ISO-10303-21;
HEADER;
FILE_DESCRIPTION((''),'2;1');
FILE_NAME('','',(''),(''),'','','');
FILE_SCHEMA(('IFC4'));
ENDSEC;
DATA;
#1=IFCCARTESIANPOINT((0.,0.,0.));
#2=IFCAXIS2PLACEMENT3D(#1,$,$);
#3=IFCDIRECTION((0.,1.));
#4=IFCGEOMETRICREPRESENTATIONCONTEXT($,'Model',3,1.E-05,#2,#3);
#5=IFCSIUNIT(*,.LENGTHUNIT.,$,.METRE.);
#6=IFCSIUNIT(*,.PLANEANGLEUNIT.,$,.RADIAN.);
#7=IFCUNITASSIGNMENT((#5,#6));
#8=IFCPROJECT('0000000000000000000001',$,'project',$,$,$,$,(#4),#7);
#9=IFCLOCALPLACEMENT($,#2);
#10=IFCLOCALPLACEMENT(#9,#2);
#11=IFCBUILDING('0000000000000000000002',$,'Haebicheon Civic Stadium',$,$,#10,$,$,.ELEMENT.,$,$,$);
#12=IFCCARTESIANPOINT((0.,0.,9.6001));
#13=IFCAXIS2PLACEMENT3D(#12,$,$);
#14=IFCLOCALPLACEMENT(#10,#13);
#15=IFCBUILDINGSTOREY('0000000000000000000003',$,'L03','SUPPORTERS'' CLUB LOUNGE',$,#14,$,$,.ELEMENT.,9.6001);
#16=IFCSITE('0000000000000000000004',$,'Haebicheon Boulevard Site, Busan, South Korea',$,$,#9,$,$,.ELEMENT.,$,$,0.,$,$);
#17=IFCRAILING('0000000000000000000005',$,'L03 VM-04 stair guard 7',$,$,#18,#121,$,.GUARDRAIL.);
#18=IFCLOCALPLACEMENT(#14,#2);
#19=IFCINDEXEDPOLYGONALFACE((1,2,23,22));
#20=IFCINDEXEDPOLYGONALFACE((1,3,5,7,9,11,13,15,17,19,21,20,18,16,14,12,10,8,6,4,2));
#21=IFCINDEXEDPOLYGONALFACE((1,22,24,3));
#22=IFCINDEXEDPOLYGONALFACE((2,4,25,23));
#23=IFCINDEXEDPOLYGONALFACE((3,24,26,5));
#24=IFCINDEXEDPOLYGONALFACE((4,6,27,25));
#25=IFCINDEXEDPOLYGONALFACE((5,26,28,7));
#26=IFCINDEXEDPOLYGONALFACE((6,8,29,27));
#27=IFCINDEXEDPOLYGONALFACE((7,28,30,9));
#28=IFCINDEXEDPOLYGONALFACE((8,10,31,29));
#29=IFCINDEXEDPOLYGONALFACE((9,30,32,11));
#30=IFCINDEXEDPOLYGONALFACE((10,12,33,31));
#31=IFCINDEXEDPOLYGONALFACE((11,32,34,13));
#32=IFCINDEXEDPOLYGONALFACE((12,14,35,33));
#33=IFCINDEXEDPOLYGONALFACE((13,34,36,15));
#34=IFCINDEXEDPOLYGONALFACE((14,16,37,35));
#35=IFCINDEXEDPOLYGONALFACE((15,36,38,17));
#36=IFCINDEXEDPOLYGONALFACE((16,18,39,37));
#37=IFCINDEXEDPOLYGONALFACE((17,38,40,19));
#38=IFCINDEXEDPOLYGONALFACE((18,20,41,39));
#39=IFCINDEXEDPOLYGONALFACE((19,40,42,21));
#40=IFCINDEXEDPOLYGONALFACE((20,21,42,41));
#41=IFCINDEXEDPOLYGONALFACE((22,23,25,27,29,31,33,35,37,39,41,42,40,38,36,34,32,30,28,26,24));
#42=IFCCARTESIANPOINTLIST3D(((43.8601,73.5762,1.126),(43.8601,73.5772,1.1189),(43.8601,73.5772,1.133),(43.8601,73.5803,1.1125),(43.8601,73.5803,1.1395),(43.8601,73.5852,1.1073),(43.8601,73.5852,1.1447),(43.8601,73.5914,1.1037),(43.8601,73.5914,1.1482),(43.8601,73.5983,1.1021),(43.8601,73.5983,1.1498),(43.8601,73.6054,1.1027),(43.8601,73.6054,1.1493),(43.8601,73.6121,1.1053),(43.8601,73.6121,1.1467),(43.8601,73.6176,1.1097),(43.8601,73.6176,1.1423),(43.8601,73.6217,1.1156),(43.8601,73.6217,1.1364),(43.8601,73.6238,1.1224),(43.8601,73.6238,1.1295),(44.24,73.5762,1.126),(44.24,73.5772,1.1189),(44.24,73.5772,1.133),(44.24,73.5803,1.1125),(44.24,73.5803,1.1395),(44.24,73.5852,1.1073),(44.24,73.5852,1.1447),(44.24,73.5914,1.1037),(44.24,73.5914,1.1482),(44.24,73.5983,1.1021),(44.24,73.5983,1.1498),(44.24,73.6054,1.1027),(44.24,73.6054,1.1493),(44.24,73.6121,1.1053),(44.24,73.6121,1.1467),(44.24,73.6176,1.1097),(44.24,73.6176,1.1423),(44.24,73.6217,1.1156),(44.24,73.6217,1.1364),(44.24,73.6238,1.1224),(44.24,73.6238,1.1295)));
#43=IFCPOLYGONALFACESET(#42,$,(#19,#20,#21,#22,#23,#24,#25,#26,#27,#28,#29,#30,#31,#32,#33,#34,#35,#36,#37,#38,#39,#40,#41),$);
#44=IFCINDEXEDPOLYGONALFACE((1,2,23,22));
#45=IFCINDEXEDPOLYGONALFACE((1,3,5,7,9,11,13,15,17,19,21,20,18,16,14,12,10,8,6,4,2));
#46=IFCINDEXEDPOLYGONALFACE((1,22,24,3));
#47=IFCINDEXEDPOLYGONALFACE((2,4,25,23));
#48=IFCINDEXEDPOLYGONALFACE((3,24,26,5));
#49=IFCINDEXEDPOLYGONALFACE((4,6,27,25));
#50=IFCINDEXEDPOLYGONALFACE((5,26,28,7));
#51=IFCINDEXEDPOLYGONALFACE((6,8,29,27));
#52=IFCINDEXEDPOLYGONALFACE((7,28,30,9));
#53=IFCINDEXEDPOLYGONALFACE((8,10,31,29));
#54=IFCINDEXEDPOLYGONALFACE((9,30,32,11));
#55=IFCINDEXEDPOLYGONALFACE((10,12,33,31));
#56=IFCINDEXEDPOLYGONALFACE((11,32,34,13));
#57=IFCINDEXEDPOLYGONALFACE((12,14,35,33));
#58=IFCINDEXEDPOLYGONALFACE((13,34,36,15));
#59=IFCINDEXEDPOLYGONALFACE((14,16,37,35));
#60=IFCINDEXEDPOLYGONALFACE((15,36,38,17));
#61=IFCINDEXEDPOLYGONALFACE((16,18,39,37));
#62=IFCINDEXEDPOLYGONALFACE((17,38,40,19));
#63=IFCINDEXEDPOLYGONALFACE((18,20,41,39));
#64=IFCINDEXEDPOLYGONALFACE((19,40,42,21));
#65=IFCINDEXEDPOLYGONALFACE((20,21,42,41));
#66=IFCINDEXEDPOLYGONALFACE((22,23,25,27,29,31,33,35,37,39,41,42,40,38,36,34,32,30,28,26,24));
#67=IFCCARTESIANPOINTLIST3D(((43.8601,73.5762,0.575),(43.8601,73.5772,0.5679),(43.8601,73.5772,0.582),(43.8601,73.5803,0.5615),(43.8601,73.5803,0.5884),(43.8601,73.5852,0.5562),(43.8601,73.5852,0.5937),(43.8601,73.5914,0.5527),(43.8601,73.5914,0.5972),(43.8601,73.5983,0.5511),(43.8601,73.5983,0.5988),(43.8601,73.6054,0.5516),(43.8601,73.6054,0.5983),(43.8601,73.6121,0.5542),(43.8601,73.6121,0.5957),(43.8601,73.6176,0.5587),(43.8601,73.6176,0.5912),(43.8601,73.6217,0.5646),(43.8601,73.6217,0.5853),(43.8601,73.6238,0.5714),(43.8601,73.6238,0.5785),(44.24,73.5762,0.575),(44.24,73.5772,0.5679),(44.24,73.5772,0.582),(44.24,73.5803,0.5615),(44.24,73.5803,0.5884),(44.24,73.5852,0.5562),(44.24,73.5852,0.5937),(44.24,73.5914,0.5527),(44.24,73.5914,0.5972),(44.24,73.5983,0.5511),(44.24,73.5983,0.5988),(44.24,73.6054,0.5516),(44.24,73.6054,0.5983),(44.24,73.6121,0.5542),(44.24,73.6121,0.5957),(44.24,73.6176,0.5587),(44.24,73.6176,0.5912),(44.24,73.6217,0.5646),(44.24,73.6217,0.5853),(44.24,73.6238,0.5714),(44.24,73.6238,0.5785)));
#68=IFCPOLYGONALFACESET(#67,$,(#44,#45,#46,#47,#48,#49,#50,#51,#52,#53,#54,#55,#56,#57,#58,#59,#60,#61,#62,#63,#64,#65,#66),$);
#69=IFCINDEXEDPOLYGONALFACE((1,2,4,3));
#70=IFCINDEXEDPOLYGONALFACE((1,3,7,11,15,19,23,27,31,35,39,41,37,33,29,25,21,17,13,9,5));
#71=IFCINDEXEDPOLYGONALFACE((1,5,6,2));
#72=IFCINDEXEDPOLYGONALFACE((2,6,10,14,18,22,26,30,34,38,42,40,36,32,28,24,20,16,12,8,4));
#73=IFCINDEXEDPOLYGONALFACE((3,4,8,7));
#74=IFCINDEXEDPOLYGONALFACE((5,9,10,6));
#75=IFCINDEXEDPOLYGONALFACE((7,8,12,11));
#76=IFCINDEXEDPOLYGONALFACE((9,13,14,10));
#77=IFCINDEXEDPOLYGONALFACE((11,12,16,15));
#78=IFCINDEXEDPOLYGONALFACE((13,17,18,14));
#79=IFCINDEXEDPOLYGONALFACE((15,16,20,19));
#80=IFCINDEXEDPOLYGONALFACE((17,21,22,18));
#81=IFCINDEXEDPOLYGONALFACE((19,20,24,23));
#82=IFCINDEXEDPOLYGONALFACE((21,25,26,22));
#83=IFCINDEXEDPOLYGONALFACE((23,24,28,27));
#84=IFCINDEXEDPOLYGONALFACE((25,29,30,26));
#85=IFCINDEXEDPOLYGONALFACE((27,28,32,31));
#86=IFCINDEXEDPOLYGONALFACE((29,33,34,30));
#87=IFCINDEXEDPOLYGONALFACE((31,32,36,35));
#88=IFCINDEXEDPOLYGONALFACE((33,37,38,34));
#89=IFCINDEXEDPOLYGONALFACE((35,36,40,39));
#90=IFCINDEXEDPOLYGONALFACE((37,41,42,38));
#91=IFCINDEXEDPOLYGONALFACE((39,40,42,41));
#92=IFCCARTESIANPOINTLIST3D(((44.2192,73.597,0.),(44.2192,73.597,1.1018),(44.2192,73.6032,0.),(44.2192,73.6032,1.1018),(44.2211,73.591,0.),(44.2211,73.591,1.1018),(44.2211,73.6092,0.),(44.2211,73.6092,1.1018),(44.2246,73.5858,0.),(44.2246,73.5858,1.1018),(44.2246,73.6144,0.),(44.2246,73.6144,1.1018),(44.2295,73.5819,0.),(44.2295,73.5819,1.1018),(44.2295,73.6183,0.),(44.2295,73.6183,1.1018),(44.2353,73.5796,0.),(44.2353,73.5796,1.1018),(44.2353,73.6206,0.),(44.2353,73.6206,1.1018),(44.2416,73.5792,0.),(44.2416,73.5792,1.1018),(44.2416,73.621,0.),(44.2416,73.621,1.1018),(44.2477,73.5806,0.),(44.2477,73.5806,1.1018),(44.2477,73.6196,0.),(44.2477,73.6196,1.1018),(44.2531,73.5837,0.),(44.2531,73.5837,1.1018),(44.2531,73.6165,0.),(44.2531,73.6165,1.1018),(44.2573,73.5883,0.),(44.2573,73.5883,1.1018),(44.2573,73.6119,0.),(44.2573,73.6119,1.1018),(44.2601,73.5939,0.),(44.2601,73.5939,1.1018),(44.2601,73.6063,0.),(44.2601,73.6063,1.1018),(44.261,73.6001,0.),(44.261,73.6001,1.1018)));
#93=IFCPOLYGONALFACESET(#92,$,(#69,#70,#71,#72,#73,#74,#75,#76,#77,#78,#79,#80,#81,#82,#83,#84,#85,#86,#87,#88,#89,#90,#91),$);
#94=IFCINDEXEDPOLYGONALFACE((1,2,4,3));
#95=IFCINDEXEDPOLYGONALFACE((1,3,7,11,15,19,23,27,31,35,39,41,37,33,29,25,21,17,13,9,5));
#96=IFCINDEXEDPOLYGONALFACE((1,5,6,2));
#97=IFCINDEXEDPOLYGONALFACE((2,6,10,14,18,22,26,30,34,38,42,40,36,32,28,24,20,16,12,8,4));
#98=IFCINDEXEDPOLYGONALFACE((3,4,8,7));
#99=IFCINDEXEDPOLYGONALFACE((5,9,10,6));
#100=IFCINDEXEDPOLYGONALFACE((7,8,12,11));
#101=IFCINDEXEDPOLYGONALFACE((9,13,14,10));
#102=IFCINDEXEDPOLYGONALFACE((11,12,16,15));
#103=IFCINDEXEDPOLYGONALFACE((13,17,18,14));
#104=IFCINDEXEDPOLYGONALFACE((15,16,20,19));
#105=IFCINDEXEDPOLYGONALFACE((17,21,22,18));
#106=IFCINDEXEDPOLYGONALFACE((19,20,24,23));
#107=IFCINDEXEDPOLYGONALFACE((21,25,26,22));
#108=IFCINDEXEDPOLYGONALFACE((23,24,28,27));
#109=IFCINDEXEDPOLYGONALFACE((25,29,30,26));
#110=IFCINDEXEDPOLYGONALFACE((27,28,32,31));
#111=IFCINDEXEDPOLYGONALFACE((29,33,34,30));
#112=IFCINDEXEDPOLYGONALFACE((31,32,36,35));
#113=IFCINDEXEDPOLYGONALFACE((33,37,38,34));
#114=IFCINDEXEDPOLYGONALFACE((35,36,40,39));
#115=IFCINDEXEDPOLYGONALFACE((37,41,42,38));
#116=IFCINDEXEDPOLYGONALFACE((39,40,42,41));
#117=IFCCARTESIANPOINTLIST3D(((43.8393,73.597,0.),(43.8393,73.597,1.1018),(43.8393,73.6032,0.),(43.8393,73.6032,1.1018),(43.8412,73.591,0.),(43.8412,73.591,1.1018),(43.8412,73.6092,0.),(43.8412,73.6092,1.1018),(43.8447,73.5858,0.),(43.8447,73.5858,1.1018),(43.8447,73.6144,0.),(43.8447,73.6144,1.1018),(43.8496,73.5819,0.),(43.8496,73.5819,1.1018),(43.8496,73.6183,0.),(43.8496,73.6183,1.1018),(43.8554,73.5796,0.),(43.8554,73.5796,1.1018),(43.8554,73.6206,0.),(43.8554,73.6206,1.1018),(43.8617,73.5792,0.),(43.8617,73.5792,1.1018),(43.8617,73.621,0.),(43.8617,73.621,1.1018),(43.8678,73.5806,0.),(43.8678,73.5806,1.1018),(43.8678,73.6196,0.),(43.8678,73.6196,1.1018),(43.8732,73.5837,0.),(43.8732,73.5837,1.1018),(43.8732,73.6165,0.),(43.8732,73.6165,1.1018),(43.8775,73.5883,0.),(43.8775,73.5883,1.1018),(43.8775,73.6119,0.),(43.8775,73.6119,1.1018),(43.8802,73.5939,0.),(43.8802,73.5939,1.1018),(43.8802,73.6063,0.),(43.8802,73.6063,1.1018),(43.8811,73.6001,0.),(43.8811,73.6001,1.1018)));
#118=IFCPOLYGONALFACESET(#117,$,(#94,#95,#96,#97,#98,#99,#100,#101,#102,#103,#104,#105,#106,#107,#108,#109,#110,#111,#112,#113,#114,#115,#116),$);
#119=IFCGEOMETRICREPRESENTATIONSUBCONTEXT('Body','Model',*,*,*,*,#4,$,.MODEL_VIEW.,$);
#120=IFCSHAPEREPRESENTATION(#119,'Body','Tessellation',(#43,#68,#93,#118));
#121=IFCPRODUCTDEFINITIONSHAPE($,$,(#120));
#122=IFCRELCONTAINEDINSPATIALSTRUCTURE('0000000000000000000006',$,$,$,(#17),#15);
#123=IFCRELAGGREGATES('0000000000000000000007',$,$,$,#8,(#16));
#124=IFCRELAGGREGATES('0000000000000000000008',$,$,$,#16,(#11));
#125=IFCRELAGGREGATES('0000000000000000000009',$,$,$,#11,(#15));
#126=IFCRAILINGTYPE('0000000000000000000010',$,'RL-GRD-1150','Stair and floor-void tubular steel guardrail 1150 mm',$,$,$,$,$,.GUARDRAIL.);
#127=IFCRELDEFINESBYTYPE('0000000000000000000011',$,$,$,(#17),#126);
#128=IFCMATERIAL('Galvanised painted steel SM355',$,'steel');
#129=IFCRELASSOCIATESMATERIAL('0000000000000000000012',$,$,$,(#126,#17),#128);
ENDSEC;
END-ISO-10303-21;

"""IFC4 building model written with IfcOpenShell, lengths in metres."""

from ifc_helpers import new_model, si_unit, direction, frame, origin, origin_2d, place, context, subcontext, project, spatial, circle, extrude, material, type_object, element, save


model = new_model("IFC4")

# Units and contexts
model_context = context("Model", 3, precision=1e-05, world=origin(), true_north=direction((0.0, 1.0)))
body_context = subcontext(model_context, "Body", "Model", "MODEL_VIEW")
ifc_project = project(units=[si_unit("LENGTHUNIT", "METRE"), si_unit("PLANEANGLEUNIT", "RADIAN")], contexts=[model_context])

# Site, building, storey
site_placement = place(None, origin())
site = spatial("IfcSite", under=ifc_project, at=site_placement, Name="Haebicheon Boulevard Site, Busan, South Korea", CompositionType="ELEMENT", RefElevation=0.0)
building_placement = place(site_placement, origin())
building = spatial("IfcBuilding", under=site, at=building_placement, Name="Haebicheon Civic Stadium", CompositionType="ELEMENT")
storey_placement = place(building_placement, frame((0.0, 0.0, 9.6001)))
storey = spatial("IfcBuildingStorey", under=building, at=storey_placement, Name="L03", Description="SUPPORTERS' CLUB LOUNGE", CompositionType="ELEMENT", Elevation=9.6001)

# Railing
ifc_material_1 = material(Name="Galvanised painted steel SM355", Category="steel")
railing_type_1 = type_object("IfcRailingType", Name="RL-GRD-1150", Description="Stair and floor-void tubular steel guardrail 1150 mm", PredefinedType="GUARDRAIL", material=ifc_material_1)
railing_1_placement = place(storey_placement, frame((44.24, 73.6001, 0.0)))
element("IfcRailing", 1, at=railing_1_placement, inside=storey, type_object=railing_type_1, material=ifc_material_1, Name="L03 VM-04 stair guard 7", PredefinedType="GUARDRAIL", context=body_context, shape_type="SweptSolid", body=[
    extrude(circle(Radius=0.0239, at=origin_2d()), frame((0.0, 0.0, 1.126), z_axis=(-1.0, 0.0, 0.0), x_axis=(0.0, -1.0, 0.0)), (0.0, 0.0, 1.0), 0.3799),
    extrude(circle(Radius=0.0239, at=origin_2d()), frame((0.0, 0.0, 0.575), z_axis=(-1.0, 0.0, 0.0), x_axis=(0.0, -1.0, 0.0)), (0.0, 0.0, 1.0), 0.3799),
    extrude(circle(Radius=0.021, at=origin_2d()), origin(), (0.0, 0.0, 1.0), 1.1018),
    extrude(circle(Radius=0.021, at=origin_2d()), frame((-0.3799, 0.0, 0.0)), (0.0, 0.0, 1.0), 1.1018),
])

save(model, "model.ifc")
